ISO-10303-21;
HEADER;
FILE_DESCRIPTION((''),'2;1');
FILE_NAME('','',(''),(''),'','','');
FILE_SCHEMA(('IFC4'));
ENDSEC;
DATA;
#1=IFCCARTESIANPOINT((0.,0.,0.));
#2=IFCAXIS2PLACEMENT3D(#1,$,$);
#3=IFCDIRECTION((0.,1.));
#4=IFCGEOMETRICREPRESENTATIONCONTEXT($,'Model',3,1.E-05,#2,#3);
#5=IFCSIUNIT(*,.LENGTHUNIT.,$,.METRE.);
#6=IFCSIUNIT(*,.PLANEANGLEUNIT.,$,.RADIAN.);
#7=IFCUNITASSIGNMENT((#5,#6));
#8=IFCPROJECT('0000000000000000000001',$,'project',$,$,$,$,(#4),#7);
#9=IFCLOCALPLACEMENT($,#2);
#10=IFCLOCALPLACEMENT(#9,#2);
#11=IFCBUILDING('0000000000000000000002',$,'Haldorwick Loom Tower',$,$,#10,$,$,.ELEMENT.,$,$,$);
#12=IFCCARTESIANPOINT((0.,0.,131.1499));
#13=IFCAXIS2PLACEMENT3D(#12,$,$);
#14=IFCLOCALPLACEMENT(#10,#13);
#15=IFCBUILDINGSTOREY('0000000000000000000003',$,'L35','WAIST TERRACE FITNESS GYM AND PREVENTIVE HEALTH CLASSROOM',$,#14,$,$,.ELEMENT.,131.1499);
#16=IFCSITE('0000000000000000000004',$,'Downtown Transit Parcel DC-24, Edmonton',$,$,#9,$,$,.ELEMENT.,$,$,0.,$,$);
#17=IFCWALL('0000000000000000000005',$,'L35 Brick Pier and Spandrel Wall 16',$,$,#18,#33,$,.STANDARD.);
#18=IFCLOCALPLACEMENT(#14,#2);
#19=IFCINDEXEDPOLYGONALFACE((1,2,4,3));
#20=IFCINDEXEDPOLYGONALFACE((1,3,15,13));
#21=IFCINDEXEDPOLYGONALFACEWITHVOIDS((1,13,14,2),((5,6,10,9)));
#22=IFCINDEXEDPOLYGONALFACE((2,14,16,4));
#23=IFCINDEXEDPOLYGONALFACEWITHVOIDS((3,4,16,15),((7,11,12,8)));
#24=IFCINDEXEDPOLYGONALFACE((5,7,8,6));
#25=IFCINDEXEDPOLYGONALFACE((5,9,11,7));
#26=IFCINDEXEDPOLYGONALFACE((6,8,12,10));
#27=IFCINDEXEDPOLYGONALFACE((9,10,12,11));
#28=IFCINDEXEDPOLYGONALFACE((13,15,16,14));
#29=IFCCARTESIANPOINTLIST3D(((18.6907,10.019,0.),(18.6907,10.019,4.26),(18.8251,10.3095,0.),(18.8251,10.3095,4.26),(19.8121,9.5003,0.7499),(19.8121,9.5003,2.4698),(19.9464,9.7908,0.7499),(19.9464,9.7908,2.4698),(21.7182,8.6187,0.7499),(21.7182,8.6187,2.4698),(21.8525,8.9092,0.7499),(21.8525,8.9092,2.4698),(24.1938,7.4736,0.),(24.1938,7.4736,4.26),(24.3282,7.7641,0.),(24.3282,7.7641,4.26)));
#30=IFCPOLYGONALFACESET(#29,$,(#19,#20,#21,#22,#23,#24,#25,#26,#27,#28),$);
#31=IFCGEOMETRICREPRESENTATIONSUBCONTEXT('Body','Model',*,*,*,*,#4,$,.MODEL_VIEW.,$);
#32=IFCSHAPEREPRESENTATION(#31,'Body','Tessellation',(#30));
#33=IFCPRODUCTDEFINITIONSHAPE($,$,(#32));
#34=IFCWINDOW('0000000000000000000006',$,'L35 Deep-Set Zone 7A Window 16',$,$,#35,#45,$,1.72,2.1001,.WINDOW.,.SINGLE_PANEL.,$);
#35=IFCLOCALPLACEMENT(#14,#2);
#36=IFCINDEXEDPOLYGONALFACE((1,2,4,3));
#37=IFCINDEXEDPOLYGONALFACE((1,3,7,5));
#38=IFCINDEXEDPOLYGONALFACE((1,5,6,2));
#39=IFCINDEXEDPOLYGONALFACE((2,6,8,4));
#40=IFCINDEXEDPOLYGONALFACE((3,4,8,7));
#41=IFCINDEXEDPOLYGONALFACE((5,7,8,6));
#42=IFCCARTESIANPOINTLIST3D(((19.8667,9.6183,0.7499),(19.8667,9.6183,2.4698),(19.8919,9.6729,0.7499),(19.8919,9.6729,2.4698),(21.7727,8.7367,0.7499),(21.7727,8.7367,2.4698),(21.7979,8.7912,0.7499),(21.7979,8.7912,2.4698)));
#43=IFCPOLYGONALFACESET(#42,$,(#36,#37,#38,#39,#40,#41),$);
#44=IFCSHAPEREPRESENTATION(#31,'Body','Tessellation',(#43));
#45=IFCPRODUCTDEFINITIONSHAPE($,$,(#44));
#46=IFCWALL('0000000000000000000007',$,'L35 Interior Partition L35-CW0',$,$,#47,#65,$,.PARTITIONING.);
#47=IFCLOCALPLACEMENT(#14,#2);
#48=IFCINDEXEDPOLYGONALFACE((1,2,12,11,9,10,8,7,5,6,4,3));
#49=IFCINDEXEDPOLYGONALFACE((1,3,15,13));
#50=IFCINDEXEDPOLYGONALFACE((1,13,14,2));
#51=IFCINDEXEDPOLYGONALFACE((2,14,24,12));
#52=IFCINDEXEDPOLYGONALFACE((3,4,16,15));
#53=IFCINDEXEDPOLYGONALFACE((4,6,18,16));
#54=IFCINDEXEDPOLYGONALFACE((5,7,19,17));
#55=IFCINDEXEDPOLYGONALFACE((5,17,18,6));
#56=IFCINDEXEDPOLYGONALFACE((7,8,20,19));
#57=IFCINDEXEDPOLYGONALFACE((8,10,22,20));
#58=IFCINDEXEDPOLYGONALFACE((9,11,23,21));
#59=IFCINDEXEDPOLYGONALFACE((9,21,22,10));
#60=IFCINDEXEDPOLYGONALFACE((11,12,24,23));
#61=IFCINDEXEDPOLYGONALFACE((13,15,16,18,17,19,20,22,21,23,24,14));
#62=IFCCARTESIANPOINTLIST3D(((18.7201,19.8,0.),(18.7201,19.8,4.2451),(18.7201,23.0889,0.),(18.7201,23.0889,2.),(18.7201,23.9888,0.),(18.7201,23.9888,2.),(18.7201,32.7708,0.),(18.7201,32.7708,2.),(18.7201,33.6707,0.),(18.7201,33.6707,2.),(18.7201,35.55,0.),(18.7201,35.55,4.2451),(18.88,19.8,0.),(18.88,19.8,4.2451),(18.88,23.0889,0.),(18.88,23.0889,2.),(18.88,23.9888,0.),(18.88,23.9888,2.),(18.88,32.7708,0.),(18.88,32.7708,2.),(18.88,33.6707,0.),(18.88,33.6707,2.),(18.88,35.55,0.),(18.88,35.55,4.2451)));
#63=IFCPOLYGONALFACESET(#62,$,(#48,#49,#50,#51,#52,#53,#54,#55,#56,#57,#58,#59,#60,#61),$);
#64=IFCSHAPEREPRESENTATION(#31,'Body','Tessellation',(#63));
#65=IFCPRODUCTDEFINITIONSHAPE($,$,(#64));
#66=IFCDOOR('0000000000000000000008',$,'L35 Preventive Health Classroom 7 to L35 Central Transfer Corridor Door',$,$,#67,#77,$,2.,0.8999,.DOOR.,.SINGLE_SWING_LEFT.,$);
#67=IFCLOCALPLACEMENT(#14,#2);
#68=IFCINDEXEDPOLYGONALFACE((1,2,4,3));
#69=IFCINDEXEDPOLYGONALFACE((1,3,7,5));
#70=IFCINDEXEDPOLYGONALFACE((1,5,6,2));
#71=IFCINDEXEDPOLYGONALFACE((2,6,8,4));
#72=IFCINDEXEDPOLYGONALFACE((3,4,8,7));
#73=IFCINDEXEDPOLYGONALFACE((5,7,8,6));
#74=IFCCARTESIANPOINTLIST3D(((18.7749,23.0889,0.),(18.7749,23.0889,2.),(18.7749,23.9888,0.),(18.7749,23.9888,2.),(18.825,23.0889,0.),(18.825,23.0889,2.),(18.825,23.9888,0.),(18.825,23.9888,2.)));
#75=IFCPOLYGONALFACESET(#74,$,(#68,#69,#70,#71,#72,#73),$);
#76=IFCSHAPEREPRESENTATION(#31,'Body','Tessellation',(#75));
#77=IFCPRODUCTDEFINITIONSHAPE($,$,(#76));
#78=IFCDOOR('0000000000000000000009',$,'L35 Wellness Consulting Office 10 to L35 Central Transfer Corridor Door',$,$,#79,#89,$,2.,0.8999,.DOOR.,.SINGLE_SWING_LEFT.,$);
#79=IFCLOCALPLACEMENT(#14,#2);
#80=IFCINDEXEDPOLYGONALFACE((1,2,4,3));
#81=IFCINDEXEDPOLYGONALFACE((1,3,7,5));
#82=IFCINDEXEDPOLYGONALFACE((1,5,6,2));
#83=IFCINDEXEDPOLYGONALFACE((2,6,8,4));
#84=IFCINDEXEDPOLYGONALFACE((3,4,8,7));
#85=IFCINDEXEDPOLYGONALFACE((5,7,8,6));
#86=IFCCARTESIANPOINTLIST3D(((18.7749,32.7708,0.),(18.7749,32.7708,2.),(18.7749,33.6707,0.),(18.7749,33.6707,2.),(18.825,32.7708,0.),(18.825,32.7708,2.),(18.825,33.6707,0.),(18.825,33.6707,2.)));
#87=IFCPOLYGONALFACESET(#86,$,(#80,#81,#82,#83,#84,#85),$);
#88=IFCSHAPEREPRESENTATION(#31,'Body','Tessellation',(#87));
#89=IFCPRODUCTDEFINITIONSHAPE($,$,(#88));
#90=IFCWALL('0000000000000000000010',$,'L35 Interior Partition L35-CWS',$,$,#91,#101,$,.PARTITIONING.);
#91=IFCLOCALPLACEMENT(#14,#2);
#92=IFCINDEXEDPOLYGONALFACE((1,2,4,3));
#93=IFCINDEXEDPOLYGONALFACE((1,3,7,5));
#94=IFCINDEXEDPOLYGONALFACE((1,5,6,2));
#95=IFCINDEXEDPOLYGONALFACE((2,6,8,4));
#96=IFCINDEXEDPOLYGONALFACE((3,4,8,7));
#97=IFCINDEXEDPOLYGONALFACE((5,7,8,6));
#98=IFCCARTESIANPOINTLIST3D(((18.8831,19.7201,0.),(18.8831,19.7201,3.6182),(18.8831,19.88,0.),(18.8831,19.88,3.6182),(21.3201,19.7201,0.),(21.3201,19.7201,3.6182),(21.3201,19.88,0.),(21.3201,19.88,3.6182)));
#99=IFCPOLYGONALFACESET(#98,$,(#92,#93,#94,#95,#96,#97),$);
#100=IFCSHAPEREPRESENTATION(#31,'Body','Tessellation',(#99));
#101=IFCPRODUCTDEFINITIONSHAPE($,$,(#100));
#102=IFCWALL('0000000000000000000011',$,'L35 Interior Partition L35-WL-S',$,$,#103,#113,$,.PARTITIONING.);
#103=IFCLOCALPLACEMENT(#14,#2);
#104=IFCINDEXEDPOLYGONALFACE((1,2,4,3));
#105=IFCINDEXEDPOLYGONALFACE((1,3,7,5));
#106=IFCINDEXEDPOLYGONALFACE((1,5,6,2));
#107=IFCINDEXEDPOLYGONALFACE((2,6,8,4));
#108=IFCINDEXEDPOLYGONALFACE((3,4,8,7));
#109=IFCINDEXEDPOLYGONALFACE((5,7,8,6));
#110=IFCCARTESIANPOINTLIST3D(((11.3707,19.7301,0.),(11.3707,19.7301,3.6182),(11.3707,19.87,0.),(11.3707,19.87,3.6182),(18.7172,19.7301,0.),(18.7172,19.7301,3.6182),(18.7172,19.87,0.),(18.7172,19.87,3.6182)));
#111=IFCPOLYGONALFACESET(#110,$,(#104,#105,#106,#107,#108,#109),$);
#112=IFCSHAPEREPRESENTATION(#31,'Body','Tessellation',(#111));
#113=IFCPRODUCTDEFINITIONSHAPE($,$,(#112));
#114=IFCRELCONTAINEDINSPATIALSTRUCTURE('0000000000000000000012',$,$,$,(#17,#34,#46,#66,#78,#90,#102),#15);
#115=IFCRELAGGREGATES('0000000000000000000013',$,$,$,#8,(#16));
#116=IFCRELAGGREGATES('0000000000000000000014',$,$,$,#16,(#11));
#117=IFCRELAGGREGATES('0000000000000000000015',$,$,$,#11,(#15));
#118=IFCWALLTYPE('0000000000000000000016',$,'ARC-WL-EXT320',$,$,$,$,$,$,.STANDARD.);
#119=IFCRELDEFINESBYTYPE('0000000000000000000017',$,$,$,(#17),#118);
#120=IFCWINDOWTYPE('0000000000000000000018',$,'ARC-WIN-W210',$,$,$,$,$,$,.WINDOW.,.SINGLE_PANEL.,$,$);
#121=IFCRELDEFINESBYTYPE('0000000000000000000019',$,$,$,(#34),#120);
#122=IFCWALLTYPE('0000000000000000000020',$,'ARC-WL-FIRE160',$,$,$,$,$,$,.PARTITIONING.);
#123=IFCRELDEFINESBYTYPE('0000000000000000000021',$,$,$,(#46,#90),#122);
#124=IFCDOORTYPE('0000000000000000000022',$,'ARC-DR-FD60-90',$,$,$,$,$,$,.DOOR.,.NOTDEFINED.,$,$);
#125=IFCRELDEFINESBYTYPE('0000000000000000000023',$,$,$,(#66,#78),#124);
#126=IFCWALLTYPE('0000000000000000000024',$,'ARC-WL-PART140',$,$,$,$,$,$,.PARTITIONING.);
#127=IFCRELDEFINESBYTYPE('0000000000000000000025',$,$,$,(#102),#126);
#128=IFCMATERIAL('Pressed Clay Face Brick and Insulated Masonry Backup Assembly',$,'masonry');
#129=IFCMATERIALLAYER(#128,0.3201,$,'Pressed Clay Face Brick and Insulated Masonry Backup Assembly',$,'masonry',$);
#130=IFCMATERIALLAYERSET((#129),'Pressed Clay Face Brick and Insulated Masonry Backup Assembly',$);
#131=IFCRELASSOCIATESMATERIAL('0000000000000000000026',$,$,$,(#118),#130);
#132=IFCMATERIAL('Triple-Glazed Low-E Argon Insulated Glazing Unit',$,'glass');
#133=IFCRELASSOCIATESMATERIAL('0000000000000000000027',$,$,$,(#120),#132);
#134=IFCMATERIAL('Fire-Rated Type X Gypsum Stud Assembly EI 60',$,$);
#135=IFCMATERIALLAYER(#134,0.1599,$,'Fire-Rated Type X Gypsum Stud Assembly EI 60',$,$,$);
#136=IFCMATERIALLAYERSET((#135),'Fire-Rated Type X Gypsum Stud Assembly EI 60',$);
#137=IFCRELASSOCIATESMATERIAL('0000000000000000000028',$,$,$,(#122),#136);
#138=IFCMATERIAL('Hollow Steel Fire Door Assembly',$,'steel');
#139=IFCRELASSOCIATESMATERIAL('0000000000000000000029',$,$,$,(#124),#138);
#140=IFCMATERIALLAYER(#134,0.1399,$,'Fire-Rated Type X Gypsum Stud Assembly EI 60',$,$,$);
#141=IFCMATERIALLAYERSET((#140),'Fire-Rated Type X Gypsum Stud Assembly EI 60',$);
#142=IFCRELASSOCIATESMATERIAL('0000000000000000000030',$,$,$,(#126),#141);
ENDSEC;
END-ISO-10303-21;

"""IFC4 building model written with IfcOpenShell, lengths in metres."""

from ifc_helpers import new_model, si_unit, direction, frame, frame_2d, origin, place, context, subcontext, project, spatial, rectangle, extrude, material, layer, layer_set, type_object, element, fill, save


model = new_model("IFC4")

# Units and contexts
model_context = context("Model", 3, precision=1e-05, world=origin(), true_north=direction((0.0, 1.0)))
body_context = subcontext(model_context, "Body", "Model", "MODEL_VIEW")
ifc_project = project(units=[si_unit("LENGTHUNIT", "METRE"), si_unit("PLANEANGLEUNIT", "RADIAN")], contexts=[model_context])

# Site, building, storey
site_placement = place(None, origin())
site = spatial("IfcSite", under=ifc_project, at=site_placement, Name="Downtown Transit Parcel DC-24, Edmonton", CompositionType="ELEMENT", RefElevation=0.0)
building_placement = place(site_placement, origin())
building = spatial("IfcBuilding", under=site, at=building_placement, Name="Haldorwick Loom Tower", CompositionType="ELEMENT")
storey_placement = place(building_placement, frame((0.0, 0.0, 131.1499)))
storey = spatial("IfcBuildingStorey", under=building, at=storey_placement, Name="L35", Description="WAIST TERRACE FITNESS GYM AND PREVENTIVE HEALTH CLASSROOM", CompositionType="ELEMENT", Elevation=131.1499)

# Shared definitions
ifc_material_1 = material(Name="Pressed Clay Face Brick and Insulated Masonry Backup Assembly", Category="masonry")
ifc_layer_1 = layer(ifc_material_1, 0.3201, Name="Pressed Clay Face Brick and Insulated Masonry Backup Assembly", Category="masonry")
ifc_layer_set_1 = layer_set([ifc_layer_1], Name="Pressed Clay Face Brick and Insulated Masonry Backup Assembly")
wall_type_1 = type_object("IfcWallType", Name="ARC-WL-EXT320", PredefinedType="STANDARD", material=ifc_layer_set_1)

# Wall, opening, window
wall_1_placement = place(storey_placement, frame((18.7578, 10.1643, 0.0), z_axis=(0.0, 0.0, 1.0), x_axis=(0.907615, -0.419804, 0.0)))
wall_1 = element("IfcWall", 1, at=wall_1_placement, inside=storey, type_object=wall_type_1, Name="L35 Brick Pier and Spandrel Wall 16", PredefinedType="STANDARD", context=body_context, shape_type="SweptSolid", body=[
    extrude(rectangle(XDim=6.0632, YDim=0.3201, at=frame_2d((3.0317, 0.0))), origin(), (0.0, 0.0, 1.0), 4.26),
])
opening_1_placement = place(wall_1_placement, frame((1.2356, 0.0, 0.75)))
opening_1 = element("IfcOpeningElement", 2, at=opening_1_placement, cuts=wall_1, PredefinedType="OPENING", context=body_context, shape_type="SweptSolid", body=[
    extrude(rectangle(XDim=2.1001, YDim=1.72, at=frame_2d((1.05, 0.8599))), frame((0.0, 0.1699, 0.0), z_axis=(0.0, -1.0, 0.0), x_axis=(1.0, 0.0, 0.0)), (0.0, 0.0, 1.0), 0.3401),
])
ifc_material_2 = material(Name="Triple-Glazed Low-E Argon Insulated Glazing Unit", Category="glass")
window_type = type_object("IfcWindowType", Name="ARC-WIN-W210", PartitioningType="SINGLE_PANEL", PredefinedType="WINDOW", material=ifc_material_2)
window_placement = place(opening_1_placement, origin())
window = element("IfcWindow", 3, at=window_placement, inside=storey, type_object=window_type, Name="L35 Deep-Set Zone 7A Window 16", OverallHeight=1.72, OverallWidth=2.1001, PartitioningType="SINGLE_PANEL", PredefinedType="WINDOW", context=body_context, shape_type="SweptSolid", body=[
    extrude(rectangle(XDim=2.1001, YDim=1.72, at=frame_2d((1.05, 0.8599))), frame((0.0, 0.03, 0.0), z_axis=(0.0, -1.0, 0.0), x_axis=(1.0, 0.0, 0.0)), (0.0, 0.0, 1.0), 0.0601),
])
fill(opening_1, window)

# Wall, openings, doors
ifc_material_3 = material(Name="Fire-Rated Type X Gypsum Stud Assembly EI 60")
ifc_layer_2 = layer(ifc_material_3, 0.1599, Name="Fire-Rated Type X Gypsum Stud Assembly EI 60")
ifc_layer_set_2 = layer_set([ifc_layer_2], Name="Fire-Rated Type X Gypsum Stud Assembly EI 60")
wall_type_2 = type_object("IfcWallType", Name="ARC-WL-FIRE160", PredefinedType="PARTITIONING", material=ifc_layer_set_2)
wall_2_placement = place(storey_placement, frame((18.8, 19.8, 0.0), z_axis=(0.0, 0.0, 1.0), x_axis=(0.0, 1.0, 0.0)))
wall_2 = element("IfcWall", 4, at=wall_2_placement, inside=storey, type_object=wall_type_2, Name="L35 Interior Partition L35-CW0", PredefinedType="PARTITIONING", context=body_context, shape_type="SweptSolid", body=[
    extrude(rectangle(XDim=15.75, YDim=0.1599, at=frame_2d((7.875, 0.0))), origin(), (0.0, 0.0, 1.0), 4.2451),
])
opening_2_placement = place(wall_2_placement, frame((3.2888, 0.0, 0.0)))
opening_2 = element("IfcOpeningElement", 5, at=opening_2_placement, cuts=wall_2, PredefinedType="OPENING", context=body_context, shape_type="SweptSolid", body=[
    extrude(rectangle(XDim=0.8999, YDim=2.0, at=frame_2d((0.45, 1.0))), frame((0.0, 0.0898, 0.0), z_axis=(0.0, -1.0, 0.0), x_axis=(1.0, 0.0, 0.0)), (0.0, 0.0, 1.0), 0.1799),
])
opening_3_placement = place(wall_2_placement, frame((12.9707, 0.0, 0.0)))
opening_3 = element("IfcOpeningElement", 6, at=opening_3_placement, cuts=wall_2, PredefinedType="OPENING", context=body_context, shape_type="SweptSolid", body=[
    extrude(rectangle(XDim=0.8999, YDim=2.0, at=frame_2d((0.45, 1.0))), frame((0.0, 0.0898, 0.0), z_axis=(0.0, -1.0, 0.0), x_axis=(1.0, 0.0, 0.0)), (0.0, 0.0, 1.0), 0.1799),
])
ifc_material_4 = material(Name="Hollow Steel Fire Door Assembly", Category="steel")
door_type = type_object("IfcDoorType", Name="ARC-DR-FD60-90", OperationType="NOTDEFINED", PredefinedType="DOOR", material=ifc_material_4)
door_1_placement = place(opening_2_placement, frame((0.8999, 0.0, 0.0), z_axis=(0.0, 0.0, 1.0), x_axis=(-1.0, 0.0, 0.0)))
door_1 = element("IfcDoor", 7, at=door_1_placement, inside=storey, type_object=door_type, Name="L35 Preventive Health Classroom 7 to L35 Central Transfer Corridor Door", OperationType="SINGLE_SWING_LEFT", OverallHeight=2.0, OverallWidth=0.8999, PredefinedType="DOOR", context=body_context, shape_type="SweptSolid", body=[
    extrude(rectangle(XDim=0.8999, YDim=2.0, at=frame_2d((0.45, 1.0))), frame((0.0, 0.0249, 0.0), z_axis=(0.0, -1.0, 0.0), x_axis=(1.0, 0.0, 0.0)), (0.0, 0.0, 1.0), 0.05),
])
fill(opening_2, door_1)
door_2_placement = place(opening_3_placement, frame((0.8999, 0.0, 0.0), z_axis=(0.0, 0.0, 1.0), x_axis=(-1.0, 0.0, 0.0)))
door_2 = element("IfcDoor", 8, at=door_2_placement, inside=storey, type_object=door_type, Name="L35 Wellness Consulting Office 10 to L35 Central Transfer Corridor Door", OperationType="SINGLE_SWING_LEFT", OverallHeight=2.0, OverallWidth=0.8999, PredefinedType="DOOR", context=body_context, shape_type="SweptSolid", body=[
    extrude(rectangle(XDim=0.8999, YDim=2.0, at=frame_2d((0.45, 1.0))), frame((0.0, 0.0249, 0.0), z_axis=(0.0, -1.0, 0.0), x_axis=(1.0, 0.0, 0.0)), (0.0, 0.0, 1.0), 0.05),
])
fill(opening_3, door_2)

# Walls
wall_3_placement = place(storey_placement, frame((18.8831, 19.8, 0.0), z_axis=(0.0, 0.0, 1.0), x_axis=(1.0, 0.0, 0.0)))
element("IfcWall", 9, at=wall_3_placement, inside=storey, type_object=wall_type_2, Name="L35 Interior Partition L35-CWS", PredefinedType="PARTITIONING", context=body_context, shape_type="SweptSolid", body=[
    extrude(rectangle(XDim=2.437, YDim=0.1599, at=frame_2d((1.2185, 0.0))), origin(), (0.0, 0.0, 1.0), 3.6182),
])
ifc_layer_3 = layer(ifc_material_3, 0.1399, Name="Fire-Rated Type X Gypsum Stud Assembly EI 60")
ifc_layer_set_3 = layer_set([ifc_layer_3], Name="Fire-Rated Type X Gypsum Stud Assembly EI 60")
wall_type_3 = type_object("IfcWallType", Name="ARC-WL-PART140", PredefinedType="PARTITIONING", material=ifc_layer_set_3)
wall_4_placement = place(storey_placement, frame((11.3706, 19.8, 0.0), z_axis=(0.0, 0.0, 1.0), x_axis=(1.0, 0.0, 0.0)))
element("IfcWall", 10, at=wall_4_placement, inside=storey, type_object=wall_type_3, Name="L35 Interior Partition L35-WL-S", PredefinedType="PARTITIONING", context=body_context, shape_type="SweptSolid", body=[
    extrude(rectangle(XDim=7.3464, YDim=0.1399, at=frame_2d((3.6733, 0.0))), origin(), (0.0, 0.0, 1.0), 3.6182),
])

save(model, "model.ifc")
